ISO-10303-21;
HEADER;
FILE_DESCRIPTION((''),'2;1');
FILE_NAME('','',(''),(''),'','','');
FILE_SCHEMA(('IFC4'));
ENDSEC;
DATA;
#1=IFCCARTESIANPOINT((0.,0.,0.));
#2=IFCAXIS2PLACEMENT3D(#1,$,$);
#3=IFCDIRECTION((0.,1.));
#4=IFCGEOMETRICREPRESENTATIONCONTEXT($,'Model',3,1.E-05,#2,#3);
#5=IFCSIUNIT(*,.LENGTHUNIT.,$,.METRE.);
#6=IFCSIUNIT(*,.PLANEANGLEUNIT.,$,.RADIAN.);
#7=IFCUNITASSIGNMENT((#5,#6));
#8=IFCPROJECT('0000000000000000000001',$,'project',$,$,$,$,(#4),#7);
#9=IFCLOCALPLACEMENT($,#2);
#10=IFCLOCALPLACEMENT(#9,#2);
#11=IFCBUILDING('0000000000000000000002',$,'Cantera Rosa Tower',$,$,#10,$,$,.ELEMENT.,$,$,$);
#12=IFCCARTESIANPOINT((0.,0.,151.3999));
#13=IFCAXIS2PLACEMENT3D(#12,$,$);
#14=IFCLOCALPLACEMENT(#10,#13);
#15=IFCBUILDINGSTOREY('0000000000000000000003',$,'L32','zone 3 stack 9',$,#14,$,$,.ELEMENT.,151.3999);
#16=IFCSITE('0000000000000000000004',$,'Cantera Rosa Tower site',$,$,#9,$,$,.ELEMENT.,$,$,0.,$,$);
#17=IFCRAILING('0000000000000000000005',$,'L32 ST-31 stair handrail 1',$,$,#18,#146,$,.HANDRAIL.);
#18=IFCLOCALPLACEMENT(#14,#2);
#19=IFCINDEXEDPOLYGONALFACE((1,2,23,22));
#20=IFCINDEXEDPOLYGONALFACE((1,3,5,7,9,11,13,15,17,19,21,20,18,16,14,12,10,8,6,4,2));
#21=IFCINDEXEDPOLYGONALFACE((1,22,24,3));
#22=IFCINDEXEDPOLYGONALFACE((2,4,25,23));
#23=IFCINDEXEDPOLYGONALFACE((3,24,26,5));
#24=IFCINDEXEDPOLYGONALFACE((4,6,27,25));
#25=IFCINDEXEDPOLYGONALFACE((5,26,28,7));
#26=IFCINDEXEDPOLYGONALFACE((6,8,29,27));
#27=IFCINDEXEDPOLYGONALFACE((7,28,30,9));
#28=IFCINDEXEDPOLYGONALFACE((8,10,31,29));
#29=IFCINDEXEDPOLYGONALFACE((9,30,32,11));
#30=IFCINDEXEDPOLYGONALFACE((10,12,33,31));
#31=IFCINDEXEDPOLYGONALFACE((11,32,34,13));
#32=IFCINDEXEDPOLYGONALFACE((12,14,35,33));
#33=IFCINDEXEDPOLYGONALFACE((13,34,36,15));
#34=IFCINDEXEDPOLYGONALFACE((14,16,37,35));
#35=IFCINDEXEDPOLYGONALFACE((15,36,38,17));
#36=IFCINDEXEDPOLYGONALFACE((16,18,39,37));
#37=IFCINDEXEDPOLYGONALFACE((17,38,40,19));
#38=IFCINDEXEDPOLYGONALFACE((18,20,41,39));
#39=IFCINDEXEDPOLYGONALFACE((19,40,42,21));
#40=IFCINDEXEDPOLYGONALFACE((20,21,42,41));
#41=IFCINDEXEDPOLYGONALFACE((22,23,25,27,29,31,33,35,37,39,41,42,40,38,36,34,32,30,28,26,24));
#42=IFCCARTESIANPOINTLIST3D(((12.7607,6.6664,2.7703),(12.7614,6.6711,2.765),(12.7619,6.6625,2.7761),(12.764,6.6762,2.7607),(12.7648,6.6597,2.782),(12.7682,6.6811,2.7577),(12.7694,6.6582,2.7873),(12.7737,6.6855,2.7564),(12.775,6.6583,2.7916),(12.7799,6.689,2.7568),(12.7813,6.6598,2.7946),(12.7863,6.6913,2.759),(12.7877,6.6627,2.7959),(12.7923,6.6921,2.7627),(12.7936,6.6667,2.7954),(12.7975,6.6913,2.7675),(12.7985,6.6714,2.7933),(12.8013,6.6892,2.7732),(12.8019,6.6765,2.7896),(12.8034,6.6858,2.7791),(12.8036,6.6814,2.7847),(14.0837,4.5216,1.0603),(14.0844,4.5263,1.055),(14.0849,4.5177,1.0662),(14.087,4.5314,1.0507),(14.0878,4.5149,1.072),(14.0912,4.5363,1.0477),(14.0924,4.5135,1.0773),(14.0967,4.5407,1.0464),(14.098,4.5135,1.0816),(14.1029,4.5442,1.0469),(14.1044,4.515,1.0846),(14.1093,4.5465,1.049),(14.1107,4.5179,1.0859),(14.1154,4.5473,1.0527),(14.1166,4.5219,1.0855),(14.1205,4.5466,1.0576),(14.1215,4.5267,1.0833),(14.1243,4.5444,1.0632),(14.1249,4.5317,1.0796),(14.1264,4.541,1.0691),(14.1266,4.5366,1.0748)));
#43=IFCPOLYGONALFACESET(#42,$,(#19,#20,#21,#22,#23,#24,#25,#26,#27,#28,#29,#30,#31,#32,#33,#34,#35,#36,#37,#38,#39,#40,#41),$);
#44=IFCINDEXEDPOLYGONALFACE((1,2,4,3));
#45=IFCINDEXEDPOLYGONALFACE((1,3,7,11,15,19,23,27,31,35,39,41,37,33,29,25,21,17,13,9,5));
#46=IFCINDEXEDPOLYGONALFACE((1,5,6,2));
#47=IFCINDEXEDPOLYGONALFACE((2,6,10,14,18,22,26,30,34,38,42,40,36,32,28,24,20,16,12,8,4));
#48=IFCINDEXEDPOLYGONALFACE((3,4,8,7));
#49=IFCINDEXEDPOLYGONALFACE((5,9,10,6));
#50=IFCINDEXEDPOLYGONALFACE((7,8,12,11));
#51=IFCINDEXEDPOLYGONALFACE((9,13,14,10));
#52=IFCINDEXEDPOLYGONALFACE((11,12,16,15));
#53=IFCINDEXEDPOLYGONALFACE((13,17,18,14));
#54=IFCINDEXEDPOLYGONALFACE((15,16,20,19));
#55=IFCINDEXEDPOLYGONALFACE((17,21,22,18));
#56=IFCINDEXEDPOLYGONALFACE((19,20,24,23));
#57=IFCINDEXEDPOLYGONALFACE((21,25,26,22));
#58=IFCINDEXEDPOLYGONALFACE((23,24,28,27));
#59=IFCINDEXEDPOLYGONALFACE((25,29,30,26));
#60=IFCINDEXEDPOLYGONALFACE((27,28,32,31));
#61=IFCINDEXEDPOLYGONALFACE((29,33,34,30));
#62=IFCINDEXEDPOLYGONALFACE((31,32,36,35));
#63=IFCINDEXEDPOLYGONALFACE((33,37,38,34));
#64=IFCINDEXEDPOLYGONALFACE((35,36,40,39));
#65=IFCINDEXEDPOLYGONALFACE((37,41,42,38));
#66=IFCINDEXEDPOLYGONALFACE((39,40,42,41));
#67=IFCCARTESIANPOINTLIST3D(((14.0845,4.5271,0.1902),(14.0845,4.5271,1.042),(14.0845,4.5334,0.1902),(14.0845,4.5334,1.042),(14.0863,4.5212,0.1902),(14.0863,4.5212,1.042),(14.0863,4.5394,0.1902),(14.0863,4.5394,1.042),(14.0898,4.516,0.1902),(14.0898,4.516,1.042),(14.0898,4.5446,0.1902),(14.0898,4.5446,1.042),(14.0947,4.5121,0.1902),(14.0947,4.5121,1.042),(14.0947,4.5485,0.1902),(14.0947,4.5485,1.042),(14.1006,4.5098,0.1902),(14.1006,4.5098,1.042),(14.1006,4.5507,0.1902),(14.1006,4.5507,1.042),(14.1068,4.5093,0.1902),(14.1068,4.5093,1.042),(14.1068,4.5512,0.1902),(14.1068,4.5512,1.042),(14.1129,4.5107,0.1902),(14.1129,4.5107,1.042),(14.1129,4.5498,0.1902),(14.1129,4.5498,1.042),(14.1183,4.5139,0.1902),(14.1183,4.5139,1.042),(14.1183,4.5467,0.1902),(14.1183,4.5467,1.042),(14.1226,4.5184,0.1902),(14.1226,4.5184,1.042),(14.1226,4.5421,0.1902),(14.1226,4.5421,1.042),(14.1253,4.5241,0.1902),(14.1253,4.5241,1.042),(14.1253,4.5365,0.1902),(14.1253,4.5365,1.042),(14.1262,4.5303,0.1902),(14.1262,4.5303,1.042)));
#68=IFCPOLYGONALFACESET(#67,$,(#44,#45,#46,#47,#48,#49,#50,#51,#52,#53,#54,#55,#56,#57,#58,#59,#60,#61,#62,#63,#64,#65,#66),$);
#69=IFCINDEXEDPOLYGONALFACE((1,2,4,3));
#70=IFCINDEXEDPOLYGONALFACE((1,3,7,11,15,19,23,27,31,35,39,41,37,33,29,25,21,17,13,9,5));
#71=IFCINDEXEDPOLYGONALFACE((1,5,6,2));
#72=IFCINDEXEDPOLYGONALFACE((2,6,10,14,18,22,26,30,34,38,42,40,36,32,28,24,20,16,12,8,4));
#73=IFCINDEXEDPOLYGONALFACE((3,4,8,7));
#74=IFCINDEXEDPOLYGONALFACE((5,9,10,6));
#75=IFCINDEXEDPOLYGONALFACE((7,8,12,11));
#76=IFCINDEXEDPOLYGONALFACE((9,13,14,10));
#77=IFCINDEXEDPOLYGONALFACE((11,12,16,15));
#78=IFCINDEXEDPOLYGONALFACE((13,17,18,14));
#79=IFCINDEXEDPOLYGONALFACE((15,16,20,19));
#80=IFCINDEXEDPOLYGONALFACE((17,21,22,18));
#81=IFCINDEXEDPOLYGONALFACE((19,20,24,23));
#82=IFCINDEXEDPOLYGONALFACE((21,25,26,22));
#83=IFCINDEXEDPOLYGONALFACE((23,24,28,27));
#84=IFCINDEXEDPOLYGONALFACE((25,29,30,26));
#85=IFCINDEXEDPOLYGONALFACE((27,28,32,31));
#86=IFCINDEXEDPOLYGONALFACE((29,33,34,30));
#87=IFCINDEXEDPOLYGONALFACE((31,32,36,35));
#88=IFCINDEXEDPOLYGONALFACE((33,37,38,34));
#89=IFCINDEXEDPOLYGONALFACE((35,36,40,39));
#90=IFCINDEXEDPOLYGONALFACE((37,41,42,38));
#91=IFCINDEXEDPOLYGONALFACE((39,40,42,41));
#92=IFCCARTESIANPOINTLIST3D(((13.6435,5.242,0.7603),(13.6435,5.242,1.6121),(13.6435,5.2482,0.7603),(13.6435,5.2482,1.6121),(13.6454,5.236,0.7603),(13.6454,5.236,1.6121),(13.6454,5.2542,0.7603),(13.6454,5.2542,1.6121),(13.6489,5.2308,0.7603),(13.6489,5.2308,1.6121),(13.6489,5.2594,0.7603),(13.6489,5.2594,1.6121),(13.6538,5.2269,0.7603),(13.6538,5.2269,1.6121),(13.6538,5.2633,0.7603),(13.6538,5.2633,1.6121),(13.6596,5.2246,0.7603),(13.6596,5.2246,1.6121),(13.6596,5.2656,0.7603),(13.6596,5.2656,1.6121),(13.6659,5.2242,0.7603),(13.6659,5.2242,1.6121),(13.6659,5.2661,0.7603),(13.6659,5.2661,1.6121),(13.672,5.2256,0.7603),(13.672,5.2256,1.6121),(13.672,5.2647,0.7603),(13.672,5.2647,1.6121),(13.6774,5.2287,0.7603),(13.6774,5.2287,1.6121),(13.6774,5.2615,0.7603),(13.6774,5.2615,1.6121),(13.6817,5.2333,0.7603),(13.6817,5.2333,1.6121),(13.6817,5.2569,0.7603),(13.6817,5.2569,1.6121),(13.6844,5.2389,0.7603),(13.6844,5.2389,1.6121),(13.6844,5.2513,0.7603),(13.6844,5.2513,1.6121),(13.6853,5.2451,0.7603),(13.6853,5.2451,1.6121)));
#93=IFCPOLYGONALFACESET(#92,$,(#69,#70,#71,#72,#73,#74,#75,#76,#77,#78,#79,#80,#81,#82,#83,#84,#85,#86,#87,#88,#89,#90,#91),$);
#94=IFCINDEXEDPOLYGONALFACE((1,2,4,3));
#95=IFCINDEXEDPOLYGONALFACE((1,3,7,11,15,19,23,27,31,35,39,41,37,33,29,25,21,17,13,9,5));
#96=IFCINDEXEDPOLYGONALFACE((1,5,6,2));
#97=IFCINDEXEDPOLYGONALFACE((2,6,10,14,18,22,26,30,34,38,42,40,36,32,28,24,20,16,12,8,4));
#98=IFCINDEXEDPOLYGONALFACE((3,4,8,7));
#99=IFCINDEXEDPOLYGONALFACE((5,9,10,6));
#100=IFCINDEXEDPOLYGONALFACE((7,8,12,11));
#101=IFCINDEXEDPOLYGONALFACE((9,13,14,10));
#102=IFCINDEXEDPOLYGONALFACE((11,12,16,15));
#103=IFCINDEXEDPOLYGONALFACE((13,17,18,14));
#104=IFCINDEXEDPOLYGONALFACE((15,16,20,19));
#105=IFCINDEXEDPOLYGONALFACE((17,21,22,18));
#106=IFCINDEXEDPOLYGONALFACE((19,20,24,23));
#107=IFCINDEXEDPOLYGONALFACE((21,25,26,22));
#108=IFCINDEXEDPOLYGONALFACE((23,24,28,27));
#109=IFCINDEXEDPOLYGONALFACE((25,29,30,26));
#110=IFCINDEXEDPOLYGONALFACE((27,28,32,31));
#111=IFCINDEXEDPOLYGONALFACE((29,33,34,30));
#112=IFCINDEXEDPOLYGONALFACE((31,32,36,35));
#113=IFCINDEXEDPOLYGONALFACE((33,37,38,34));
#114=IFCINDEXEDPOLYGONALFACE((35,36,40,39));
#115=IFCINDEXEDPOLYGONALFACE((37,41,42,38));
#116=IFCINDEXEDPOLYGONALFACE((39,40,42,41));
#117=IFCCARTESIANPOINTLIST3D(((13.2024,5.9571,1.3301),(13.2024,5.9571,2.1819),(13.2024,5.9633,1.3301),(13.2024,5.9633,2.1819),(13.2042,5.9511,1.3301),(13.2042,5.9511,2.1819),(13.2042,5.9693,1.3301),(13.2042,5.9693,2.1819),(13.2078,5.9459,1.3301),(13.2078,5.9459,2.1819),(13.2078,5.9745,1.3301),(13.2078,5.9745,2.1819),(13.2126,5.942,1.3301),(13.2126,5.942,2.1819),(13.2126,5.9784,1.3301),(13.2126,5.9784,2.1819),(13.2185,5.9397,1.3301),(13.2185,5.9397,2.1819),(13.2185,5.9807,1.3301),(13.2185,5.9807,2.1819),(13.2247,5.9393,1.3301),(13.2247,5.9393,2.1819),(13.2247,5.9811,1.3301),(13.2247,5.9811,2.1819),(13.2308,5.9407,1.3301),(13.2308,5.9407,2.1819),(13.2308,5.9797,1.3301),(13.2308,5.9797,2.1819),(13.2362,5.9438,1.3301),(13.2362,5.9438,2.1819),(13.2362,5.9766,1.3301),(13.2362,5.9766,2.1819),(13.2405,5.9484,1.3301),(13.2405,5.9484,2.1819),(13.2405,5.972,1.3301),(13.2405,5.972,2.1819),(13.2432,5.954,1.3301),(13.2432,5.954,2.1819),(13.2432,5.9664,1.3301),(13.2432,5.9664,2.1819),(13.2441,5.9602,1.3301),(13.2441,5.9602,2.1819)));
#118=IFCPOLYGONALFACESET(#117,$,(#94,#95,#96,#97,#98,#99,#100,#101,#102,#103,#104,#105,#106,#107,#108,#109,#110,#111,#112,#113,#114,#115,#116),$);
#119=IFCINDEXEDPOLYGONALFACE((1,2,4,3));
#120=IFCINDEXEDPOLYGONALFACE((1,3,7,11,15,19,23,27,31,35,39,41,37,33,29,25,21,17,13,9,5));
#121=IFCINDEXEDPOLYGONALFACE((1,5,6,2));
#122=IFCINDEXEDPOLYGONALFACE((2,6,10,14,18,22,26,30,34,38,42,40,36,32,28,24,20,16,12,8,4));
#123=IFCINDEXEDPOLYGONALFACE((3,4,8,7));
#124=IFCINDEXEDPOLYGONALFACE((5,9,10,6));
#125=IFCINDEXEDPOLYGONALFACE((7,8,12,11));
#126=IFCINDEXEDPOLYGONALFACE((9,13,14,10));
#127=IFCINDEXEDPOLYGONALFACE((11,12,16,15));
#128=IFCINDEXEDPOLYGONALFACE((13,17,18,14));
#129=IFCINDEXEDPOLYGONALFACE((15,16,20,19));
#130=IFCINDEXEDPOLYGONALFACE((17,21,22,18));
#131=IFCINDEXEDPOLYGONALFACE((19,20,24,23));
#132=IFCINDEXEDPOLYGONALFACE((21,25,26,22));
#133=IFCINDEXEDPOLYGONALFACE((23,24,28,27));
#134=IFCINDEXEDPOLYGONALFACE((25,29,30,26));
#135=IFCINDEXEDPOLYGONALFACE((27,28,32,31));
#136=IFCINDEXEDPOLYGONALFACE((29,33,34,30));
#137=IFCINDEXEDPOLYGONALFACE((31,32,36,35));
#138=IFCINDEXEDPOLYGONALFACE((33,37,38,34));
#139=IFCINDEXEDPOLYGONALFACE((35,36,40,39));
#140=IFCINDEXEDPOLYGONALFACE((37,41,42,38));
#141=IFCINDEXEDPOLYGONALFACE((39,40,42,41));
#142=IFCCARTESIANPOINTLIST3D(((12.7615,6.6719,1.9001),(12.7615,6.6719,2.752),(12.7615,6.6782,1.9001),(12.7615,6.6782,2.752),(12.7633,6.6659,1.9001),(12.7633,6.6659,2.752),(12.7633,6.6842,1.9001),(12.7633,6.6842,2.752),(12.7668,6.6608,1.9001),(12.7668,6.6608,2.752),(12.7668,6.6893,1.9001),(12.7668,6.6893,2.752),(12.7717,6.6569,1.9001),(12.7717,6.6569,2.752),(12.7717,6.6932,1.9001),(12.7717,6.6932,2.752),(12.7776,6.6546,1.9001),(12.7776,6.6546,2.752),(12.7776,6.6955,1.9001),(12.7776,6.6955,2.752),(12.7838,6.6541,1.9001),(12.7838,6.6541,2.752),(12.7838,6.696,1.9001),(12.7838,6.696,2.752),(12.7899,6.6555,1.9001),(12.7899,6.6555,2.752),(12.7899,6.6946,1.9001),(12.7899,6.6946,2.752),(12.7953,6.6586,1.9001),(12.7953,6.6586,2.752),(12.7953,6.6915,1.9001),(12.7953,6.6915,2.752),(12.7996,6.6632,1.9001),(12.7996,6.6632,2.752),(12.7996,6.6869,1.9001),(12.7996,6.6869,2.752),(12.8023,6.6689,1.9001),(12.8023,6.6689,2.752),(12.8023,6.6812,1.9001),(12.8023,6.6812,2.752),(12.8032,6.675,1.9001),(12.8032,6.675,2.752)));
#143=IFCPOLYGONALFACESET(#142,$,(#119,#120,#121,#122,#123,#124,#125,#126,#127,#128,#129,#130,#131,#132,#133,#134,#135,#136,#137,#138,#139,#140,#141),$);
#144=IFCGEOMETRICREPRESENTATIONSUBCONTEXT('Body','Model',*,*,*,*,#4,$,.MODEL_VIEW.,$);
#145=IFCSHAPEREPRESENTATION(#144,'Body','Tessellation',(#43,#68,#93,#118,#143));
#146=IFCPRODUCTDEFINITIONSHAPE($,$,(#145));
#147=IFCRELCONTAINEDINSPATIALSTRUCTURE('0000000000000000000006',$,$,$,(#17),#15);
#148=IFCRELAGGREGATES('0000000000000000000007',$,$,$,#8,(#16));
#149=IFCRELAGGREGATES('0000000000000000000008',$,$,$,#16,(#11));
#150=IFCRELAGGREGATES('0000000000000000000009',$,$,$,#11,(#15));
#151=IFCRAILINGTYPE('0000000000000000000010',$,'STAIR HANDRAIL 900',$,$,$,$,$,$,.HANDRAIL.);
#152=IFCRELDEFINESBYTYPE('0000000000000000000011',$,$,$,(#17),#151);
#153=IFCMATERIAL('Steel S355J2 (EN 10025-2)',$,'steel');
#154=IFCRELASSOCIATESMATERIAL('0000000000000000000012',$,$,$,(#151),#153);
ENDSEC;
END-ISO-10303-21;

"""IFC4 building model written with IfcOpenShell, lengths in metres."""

from ifc_helpers import new_model, si_unit, direction, frame, origin, origin_2d, place, context, subcontext, project, spatial, circle, extrude, material, type_object, element, save


model = new_model("IFC4")

# Units and contexts
model_context = context("Model", 3, precision=1e-05, world=origin(), true_north=direction((0.0, 1.0)))
body_context = subcontext(model_context, "Body", "Model", "MODEL_VIEW")
ifc_project = project(units=[si_unit("LENGTHUNIT", "METRE"), si_unit("PLANEANGLEUNIT", "RADIAN")], contexts=[model_context])

# Site, building, storey
site_placement = place(None, origin())
site = spatial("IfcSite", under=ifc_project, at=site_placement, Name="Cantera Rosa Tower site", CompositionType="ELEMENT", RefElevation=0.0)
building_placement = place(site_placement, origin())
building = spatial("IfcBuilding", under=site, at=building_placement, Name="Cantera Rosa Tower", CompositionType="ELEMENT")
storey_placement = place(building_placement, frame((0.0, 0.0, 151.3999)))
storey = spatial("IfcBuildingStorey", under=building, at=storey_placement, Name="L32", Description="zone 3 stack 9", CompositionType="ELEMENT", Elevation=151.3999)

# Railing
ifc_material_1 = material(Name="Steel S355J2 (EN 10025-2)", Category="steel")
railing_type_1 = type_object("IfcRailingType", Name="STAIR HANDRAIL 900", PredefinedType="HANDRAIL", material=ifc_material_1)
railing_1_placement = place(storey_placement, frame((14.1052, 4.5303, 0.1902)))
element("IfcRailing", 1, at=railing_1_placement, inside=storey, type_object=railing_type_1, Name="L32 ST-31 stair handrail 1", PredefinedType="HANDRAIL", context=body_context, shape_type="SweptSolid", body=[
    extrude(circle(Radius=0.0239, at=origin_2d()), frame((0.0, 0.0, 0.876), z_axis=(-0.434428, 0.704271, 0.561493), x_axis=(-0.851102, -0.525, 0.0)), (0.0, 0.0, 1.0), 3.0454),
    extrude(circle(Radius=0.021, at=origin_2d()), origin(), (0.0, 0.0, 1.0), 0.8518),
    extrude(circle(Radius=0.021, at=origin_2d()), frame((-0.4409, 0.7148, 0.5701)), (0.0, 0.0, 1.0), 0.8518),
    extrude(circle(Radius=0.021, at=origin_2d()), frame((-0.8821, 1.4299, 1.1399)), (0.0, 0.0, 1.0), 0.8518),
    extrude(circle(Radius=0.021, at=origin_2d()), frame((-1.323, 2.1448, 1.71)), (0.0, 0.0, 1.0), 0.8518),
])

save(model, "model.ifc")
